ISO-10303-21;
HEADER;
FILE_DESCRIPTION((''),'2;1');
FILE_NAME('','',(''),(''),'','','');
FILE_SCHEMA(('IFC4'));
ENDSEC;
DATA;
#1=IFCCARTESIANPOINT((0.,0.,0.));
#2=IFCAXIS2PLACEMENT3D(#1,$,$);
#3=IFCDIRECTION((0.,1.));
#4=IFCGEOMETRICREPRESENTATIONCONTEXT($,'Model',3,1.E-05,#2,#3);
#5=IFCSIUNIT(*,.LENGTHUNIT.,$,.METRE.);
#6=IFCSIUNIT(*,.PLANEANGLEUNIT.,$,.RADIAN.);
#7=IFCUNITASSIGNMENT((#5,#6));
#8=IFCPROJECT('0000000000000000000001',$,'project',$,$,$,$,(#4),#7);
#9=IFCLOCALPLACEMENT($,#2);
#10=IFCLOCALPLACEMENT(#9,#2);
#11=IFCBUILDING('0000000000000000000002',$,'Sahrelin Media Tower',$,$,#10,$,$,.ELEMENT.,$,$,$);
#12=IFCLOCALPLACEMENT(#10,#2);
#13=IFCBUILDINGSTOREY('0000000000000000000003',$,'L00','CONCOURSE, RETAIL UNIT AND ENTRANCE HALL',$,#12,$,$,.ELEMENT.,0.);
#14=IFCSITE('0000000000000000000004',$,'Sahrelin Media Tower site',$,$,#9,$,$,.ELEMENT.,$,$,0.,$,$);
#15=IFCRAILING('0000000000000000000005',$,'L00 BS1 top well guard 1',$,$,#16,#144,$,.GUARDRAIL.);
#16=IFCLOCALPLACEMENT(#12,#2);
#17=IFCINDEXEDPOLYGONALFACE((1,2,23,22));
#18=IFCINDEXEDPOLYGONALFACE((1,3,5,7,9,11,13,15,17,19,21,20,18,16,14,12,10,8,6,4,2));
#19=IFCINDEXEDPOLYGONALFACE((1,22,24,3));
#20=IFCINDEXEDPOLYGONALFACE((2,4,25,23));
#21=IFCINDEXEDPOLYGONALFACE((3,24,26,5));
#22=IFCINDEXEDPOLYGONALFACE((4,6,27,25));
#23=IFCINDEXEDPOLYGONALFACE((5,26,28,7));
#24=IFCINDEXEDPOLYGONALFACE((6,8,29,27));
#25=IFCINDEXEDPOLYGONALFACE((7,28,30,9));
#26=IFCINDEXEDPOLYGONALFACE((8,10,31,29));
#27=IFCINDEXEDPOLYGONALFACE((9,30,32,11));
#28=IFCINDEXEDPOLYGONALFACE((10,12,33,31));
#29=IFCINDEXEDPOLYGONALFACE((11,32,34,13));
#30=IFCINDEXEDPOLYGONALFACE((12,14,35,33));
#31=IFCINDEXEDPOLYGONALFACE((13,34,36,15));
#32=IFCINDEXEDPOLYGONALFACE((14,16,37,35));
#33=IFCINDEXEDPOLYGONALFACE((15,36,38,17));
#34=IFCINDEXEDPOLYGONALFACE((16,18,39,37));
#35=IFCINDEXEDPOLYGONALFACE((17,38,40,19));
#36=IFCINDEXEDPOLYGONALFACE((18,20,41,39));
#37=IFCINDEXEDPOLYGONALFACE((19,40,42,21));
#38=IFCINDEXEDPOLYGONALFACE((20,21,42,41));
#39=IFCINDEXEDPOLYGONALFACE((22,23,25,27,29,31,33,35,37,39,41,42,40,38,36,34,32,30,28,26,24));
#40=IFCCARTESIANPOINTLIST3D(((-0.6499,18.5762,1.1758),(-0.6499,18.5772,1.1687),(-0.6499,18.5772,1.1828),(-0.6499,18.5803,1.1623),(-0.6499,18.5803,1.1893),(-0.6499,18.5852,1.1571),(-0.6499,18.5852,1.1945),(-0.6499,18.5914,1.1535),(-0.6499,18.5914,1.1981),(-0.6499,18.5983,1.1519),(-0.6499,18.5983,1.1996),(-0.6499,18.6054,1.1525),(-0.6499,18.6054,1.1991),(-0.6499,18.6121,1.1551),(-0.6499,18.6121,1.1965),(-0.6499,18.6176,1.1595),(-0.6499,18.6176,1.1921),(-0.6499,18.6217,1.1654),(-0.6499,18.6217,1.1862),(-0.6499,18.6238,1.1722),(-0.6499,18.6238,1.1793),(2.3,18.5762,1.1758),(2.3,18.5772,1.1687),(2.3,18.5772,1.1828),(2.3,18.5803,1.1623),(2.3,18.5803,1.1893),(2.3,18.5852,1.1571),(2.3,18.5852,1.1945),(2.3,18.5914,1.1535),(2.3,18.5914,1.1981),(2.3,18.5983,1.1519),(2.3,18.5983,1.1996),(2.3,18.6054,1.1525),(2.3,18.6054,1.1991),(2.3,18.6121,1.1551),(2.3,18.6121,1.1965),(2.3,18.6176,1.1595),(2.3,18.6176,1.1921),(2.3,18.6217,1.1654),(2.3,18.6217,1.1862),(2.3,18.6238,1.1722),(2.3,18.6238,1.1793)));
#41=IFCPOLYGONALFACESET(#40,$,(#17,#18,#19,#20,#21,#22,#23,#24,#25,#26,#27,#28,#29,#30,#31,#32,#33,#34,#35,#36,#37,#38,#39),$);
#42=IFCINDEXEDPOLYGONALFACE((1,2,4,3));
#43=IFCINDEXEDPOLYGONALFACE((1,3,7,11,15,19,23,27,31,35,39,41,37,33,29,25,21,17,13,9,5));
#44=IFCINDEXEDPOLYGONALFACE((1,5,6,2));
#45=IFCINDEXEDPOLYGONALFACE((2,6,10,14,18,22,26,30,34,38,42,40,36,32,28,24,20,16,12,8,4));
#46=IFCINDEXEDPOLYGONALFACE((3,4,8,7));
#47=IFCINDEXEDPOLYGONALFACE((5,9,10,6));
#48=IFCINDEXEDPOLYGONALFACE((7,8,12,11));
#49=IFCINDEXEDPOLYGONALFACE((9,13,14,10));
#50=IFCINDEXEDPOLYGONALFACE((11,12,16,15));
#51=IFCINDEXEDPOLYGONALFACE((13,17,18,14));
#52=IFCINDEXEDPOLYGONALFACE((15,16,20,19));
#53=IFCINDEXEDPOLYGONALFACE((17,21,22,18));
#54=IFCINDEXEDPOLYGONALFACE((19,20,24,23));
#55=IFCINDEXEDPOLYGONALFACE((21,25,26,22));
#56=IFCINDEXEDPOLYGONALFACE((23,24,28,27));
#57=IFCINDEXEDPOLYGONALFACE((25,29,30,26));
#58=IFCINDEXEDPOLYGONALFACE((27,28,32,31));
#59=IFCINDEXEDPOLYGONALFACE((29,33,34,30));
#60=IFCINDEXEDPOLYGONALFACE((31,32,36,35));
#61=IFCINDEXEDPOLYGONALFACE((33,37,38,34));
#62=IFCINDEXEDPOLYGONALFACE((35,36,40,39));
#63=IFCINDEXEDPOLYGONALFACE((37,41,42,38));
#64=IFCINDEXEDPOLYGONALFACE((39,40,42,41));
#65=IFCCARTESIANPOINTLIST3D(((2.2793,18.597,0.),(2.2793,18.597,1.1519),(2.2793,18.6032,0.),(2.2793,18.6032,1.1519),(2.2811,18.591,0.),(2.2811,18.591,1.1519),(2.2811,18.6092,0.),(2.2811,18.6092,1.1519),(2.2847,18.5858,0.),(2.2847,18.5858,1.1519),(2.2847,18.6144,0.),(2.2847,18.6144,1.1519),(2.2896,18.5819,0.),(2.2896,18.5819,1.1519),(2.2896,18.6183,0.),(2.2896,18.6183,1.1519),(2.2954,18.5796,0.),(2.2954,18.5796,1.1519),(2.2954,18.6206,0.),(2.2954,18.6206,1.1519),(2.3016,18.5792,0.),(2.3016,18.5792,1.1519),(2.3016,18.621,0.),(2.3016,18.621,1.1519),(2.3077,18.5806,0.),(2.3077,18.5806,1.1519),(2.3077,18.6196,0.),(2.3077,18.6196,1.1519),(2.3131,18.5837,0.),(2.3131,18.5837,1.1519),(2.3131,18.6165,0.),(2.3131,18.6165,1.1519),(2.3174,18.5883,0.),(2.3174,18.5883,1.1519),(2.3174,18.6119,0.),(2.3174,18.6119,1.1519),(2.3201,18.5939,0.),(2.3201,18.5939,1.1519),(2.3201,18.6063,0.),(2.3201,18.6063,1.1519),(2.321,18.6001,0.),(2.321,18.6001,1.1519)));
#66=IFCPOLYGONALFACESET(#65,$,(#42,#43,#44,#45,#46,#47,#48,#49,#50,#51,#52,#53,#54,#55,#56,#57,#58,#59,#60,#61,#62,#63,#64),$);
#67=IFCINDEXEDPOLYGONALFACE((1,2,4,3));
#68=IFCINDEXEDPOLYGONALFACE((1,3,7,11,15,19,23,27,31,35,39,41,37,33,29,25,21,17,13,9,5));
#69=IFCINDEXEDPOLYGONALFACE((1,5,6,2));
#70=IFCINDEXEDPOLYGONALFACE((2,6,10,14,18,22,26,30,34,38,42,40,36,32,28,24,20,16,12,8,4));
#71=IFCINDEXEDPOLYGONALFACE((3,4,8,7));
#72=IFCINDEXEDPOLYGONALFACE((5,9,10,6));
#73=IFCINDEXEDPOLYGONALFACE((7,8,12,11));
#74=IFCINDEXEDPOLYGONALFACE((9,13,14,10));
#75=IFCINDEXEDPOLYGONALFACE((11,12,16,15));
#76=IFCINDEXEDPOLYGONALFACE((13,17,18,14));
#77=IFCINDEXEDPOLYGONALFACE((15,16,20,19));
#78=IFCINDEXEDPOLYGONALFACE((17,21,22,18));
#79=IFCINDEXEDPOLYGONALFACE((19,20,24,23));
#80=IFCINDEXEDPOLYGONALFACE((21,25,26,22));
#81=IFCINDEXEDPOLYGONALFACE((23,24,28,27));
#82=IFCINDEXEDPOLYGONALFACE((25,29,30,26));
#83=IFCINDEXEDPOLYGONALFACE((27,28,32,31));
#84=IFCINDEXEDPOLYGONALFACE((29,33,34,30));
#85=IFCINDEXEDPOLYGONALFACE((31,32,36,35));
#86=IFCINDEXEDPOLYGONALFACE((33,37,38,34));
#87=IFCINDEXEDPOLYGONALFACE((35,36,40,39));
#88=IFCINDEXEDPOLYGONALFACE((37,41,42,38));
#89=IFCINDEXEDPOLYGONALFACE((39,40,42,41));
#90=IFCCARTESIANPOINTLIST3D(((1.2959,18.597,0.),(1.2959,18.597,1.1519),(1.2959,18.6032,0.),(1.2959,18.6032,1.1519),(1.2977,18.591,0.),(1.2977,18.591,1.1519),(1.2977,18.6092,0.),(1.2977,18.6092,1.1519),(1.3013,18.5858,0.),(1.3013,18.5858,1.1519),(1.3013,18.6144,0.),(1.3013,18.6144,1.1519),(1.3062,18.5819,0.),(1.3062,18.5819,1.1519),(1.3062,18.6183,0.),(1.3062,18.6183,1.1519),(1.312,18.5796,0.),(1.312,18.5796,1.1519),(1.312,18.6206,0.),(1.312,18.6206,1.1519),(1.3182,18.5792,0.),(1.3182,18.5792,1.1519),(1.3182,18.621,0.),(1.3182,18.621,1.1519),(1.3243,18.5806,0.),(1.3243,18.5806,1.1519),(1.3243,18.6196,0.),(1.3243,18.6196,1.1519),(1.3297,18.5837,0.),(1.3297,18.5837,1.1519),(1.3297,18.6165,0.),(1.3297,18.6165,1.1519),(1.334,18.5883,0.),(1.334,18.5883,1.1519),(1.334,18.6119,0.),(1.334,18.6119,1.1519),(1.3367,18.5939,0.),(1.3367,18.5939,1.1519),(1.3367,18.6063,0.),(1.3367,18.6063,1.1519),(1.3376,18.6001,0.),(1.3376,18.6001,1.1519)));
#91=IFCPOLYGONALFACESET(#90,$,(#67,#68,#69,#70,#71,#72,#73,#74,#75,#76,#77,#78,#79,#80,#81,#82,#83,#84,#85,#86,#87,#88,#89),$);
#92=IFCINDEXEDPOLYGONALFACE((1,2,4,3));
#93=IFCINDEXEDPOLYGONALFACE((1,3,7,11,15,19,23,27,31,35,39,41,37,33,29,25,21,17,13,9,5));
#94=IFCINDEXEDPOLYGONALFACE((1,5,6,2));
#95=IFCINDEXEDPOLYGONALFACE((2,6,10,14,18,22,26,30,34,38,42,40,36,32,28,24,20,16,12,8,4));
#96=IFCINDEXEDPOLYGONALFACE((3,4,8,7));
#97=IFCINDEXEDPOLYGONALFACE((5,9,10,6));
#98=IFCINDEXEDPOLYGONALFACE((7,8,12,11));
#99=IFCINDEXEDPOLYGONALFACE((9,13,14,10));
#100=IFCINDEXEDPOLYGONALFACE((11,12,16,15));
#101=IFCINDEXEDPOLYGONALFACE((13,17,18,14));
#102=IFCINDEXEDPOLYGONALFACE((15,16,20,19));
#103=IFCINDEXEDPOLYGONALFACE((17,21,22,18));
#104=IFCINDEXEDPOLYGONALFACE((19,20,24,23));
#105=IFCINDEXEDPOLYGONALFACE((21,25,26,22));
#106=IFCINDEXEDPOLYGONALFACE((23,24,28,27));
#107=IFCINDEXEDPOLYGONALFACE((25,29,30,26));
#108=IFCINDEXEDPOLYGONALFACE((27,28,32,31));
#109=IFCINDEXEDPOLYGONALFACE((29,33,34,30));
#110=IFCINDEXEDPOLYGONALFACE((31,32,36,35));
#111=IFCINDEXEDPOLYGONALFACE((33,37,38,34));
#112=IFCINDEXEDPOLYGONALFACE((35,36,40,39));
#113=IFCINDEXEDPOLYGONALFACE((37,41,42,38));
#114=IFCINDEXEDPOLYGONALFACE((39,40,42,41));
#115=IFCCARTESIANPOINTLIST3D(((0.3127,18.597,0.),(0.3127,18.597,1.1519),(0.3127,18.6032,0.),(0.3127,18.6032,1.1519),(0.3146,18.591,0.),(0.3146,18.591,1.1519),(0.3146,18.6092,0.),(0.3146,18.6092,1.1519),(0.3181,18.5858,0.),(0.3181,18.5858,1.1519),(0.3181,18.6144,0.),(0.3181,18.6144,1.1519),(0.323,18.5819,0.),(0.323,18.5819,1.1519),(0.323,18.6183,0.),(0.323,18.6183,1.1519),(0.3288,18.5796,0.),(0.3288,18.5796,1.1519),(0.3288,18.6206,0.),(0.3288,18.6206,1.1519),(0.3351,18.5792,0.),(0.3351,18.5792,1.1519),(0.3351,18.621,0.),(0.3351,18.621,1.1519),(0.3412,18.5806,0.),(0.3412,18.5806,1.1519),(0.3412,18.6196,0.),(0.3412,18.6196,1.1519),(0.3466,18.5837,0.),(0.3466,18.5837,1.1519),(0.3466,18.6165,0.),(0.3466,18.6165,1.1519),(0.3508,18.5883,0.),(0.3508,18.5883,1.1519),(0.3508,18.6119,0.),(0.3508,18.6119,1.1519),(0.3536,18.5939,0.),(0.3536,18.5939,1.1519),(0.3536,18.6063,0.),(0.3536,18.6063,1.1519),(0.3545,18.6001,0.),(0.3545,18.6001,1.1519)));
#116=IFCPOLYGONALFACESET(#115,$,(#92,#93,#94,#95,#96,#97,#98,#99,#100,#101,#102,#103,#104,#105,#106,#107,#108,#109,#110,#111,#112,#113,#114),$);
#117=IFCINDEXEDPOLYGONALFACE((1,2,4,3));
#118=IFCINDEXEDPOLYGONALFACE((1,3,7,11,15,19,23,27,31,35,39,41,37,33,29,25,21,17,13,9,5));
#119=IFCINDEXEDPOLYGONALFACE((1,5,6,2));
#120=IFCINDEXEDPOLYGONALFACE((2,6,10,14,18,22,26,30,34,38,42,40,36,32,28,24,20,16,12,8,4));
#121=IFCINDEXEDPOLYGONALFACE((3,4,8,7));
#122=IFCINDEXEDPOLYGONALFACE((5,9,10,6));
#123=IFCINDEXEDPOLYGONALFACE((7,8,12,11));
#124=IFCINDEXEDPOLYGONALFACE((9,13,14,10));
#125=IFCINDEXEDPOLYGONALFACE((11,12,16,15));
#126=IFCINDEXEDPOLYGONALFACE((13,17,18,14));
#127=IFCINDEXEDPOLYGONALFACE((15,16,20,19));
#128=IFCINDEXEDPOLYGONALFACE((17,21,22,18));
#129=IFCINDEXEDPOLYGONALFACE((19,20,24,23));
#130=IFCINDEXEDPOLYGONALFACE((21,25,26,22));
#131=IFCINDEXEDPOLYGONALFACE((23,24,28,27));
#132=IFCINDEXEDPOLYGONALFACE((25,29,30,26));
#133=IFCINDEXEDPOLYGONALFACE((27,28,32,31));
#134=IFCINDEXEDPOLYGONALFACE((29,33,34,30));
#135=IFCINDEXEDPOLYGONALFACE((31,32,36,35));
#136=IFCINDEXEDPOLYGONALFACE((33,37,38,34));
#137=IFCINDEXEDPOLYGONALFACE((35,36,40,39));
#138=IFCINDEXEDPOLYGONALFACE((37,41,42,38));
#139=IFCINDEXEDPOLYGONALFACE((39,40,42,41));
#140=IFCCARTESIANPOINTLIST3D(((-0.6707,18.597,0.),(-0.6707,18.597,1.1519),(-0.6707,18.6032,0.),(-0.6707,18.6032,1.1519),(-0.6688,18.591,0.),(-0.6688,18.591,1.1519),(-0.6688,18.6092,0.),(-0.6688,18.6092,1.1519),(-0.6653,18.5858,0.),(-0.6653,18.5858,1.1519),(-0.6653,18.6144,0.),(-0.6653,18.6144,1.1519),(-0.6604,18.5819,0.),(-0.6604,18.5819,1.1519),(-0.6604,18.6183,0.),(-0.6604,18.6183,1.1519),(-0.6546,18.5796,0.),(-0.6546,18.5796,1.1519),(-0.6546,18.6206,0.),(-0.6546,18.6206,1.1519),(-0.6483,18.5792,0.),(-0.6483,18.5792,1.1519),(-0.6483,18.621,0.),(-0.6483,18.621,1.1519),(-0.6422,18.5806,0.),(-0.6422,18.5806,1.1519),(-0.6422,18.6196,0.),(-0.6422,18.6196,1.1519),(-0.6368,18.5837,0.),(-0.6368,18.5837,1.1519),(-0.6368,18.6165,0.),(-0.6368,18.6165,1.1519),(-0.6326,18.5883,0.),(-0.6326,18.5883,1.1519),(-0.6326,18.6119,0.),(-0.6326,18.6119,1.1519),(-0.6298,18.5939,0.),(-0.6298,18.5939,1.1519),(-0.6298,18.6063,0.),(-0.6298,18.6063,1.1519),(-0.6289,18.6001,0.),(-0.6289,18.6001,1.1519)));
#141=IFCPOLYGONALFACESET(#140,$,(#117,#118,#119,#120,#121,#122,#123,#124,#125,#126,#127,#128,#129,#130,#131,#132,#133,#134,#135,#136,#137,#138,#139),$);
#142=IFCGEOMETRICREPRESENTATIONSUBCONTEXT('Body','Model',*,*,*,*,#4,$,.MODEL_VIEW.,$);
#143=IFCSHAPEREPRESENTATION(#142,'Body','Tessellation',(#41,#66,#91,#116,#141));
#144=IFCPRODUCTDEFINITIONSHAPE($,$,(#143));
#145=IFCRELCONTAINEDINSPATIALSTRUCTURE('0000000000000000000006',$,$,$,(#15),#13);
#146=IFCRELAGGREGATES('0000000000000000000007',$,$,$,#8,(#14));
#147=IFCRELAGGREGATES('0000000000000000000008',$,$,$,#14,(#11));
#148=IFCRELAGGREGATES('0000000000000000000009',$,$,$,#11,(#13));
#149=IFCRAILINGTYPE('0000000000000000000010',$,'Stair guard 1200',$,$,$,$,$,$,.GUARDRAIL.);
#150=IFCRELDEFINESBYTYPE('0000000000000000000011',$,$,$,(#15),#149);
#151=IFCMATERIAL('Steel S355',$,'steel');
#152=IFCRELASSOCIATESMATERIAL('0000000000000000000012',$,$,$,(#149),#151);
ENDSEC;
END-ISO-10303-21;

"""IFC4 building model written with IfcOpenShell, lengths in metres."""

from ifc_helpers import new_model, si_unit, direction, frame, origin, origin_2d, place, context, subcontext, project, spatial, circle, extrude, material, type_object, element, save


model = new_model("IFC4")

# Units and contexts
model_context = context("Model", 3, precision=1e-05, world=origin(), true_north=direction((0.0, 1.0)))
body_context = subcontext(model_context, "Body", "Model", "MODEL_VIEW")
ifc_project = project(units=[si_unit("LENGTHUNIT", "METRE"), si_unit("PLANEANGLEUNIT", "RADIAN")], contexts=[model_context])

# Site, building, storey
site_placement = place(None, origin())
site = spatial("IfcSite", under=ifc_project, at=site_placement, Name="Sahrelin Media Tower site", CompositionType="ELEMENT", RefElevation=0.0)
building_placement = place(site_placement, origin())
building = spatial("IfcBuilding", under=site, at=building_placement, Name="Sahrelin Media Tower", CompositionType="ELEMENT")
storey_placement = place(building_placement, origin())
storey = spatial("IfcBuildingStorey", under=building, at=storey_placement, Name="L00", Description="CONCOURSE, RETAIL UNIT AND ENTRANCE HALL", CompositionType="ELEMENT", Elevation=0.0)

# Shared definitions
ifc_material_1 = material(Name="Steel S355", Category="steel")

# Railing
railing_type_1 = type_object("IfcRailingType", Name="Stair guard 1200", PredefinedType="GUARDRAIL", material=ifc_material_1)
railing_1_placement = place(storey_placement, frame((2.3, 18.6001, 0.0)))
element("IfcRailing", 1, at=railing_1_placement, inside=storey, type_object=railing_type_1, Name="L00 BS1 top well guard 1", PredefinedType="GUARDRAIL", context=body_context, shape_type="SweptSolid", body=[
    extrude(circle(Radius=0.0239, at=origin_2d()), frame((0.0, 0.0, 1.1758), z_axis=(-1.0, 0.0, 0.0), x_axis=(0.0, -1.0, 0.0)), (0.0, 0.0, 1.0), 2.95),
    extrude(circle(Radius=0.021, at=origin_2d()), origin(), (0.0, 0.0, 1.0), 1.1519),
    extrude(circle(Radius=0.021, at=origin_2d()), frame((-0.9834, 0.0, 0.0)), (0.0, 0.0, 1.0), 1.1519),
    extrude(circle(Radius=0.021, at=origin_2d()), frame((-1.9666, 0.0, 0.0)), (0.0, 0.0, 1.0), 1.1519),
    extrude(circle(Radius=0.021, at=origin_2d()), frame((-2.95, 0.0, 0.0)), (0.0, 0.0, 1.0), 1.1519),
])

save(model, "model.ifc")
